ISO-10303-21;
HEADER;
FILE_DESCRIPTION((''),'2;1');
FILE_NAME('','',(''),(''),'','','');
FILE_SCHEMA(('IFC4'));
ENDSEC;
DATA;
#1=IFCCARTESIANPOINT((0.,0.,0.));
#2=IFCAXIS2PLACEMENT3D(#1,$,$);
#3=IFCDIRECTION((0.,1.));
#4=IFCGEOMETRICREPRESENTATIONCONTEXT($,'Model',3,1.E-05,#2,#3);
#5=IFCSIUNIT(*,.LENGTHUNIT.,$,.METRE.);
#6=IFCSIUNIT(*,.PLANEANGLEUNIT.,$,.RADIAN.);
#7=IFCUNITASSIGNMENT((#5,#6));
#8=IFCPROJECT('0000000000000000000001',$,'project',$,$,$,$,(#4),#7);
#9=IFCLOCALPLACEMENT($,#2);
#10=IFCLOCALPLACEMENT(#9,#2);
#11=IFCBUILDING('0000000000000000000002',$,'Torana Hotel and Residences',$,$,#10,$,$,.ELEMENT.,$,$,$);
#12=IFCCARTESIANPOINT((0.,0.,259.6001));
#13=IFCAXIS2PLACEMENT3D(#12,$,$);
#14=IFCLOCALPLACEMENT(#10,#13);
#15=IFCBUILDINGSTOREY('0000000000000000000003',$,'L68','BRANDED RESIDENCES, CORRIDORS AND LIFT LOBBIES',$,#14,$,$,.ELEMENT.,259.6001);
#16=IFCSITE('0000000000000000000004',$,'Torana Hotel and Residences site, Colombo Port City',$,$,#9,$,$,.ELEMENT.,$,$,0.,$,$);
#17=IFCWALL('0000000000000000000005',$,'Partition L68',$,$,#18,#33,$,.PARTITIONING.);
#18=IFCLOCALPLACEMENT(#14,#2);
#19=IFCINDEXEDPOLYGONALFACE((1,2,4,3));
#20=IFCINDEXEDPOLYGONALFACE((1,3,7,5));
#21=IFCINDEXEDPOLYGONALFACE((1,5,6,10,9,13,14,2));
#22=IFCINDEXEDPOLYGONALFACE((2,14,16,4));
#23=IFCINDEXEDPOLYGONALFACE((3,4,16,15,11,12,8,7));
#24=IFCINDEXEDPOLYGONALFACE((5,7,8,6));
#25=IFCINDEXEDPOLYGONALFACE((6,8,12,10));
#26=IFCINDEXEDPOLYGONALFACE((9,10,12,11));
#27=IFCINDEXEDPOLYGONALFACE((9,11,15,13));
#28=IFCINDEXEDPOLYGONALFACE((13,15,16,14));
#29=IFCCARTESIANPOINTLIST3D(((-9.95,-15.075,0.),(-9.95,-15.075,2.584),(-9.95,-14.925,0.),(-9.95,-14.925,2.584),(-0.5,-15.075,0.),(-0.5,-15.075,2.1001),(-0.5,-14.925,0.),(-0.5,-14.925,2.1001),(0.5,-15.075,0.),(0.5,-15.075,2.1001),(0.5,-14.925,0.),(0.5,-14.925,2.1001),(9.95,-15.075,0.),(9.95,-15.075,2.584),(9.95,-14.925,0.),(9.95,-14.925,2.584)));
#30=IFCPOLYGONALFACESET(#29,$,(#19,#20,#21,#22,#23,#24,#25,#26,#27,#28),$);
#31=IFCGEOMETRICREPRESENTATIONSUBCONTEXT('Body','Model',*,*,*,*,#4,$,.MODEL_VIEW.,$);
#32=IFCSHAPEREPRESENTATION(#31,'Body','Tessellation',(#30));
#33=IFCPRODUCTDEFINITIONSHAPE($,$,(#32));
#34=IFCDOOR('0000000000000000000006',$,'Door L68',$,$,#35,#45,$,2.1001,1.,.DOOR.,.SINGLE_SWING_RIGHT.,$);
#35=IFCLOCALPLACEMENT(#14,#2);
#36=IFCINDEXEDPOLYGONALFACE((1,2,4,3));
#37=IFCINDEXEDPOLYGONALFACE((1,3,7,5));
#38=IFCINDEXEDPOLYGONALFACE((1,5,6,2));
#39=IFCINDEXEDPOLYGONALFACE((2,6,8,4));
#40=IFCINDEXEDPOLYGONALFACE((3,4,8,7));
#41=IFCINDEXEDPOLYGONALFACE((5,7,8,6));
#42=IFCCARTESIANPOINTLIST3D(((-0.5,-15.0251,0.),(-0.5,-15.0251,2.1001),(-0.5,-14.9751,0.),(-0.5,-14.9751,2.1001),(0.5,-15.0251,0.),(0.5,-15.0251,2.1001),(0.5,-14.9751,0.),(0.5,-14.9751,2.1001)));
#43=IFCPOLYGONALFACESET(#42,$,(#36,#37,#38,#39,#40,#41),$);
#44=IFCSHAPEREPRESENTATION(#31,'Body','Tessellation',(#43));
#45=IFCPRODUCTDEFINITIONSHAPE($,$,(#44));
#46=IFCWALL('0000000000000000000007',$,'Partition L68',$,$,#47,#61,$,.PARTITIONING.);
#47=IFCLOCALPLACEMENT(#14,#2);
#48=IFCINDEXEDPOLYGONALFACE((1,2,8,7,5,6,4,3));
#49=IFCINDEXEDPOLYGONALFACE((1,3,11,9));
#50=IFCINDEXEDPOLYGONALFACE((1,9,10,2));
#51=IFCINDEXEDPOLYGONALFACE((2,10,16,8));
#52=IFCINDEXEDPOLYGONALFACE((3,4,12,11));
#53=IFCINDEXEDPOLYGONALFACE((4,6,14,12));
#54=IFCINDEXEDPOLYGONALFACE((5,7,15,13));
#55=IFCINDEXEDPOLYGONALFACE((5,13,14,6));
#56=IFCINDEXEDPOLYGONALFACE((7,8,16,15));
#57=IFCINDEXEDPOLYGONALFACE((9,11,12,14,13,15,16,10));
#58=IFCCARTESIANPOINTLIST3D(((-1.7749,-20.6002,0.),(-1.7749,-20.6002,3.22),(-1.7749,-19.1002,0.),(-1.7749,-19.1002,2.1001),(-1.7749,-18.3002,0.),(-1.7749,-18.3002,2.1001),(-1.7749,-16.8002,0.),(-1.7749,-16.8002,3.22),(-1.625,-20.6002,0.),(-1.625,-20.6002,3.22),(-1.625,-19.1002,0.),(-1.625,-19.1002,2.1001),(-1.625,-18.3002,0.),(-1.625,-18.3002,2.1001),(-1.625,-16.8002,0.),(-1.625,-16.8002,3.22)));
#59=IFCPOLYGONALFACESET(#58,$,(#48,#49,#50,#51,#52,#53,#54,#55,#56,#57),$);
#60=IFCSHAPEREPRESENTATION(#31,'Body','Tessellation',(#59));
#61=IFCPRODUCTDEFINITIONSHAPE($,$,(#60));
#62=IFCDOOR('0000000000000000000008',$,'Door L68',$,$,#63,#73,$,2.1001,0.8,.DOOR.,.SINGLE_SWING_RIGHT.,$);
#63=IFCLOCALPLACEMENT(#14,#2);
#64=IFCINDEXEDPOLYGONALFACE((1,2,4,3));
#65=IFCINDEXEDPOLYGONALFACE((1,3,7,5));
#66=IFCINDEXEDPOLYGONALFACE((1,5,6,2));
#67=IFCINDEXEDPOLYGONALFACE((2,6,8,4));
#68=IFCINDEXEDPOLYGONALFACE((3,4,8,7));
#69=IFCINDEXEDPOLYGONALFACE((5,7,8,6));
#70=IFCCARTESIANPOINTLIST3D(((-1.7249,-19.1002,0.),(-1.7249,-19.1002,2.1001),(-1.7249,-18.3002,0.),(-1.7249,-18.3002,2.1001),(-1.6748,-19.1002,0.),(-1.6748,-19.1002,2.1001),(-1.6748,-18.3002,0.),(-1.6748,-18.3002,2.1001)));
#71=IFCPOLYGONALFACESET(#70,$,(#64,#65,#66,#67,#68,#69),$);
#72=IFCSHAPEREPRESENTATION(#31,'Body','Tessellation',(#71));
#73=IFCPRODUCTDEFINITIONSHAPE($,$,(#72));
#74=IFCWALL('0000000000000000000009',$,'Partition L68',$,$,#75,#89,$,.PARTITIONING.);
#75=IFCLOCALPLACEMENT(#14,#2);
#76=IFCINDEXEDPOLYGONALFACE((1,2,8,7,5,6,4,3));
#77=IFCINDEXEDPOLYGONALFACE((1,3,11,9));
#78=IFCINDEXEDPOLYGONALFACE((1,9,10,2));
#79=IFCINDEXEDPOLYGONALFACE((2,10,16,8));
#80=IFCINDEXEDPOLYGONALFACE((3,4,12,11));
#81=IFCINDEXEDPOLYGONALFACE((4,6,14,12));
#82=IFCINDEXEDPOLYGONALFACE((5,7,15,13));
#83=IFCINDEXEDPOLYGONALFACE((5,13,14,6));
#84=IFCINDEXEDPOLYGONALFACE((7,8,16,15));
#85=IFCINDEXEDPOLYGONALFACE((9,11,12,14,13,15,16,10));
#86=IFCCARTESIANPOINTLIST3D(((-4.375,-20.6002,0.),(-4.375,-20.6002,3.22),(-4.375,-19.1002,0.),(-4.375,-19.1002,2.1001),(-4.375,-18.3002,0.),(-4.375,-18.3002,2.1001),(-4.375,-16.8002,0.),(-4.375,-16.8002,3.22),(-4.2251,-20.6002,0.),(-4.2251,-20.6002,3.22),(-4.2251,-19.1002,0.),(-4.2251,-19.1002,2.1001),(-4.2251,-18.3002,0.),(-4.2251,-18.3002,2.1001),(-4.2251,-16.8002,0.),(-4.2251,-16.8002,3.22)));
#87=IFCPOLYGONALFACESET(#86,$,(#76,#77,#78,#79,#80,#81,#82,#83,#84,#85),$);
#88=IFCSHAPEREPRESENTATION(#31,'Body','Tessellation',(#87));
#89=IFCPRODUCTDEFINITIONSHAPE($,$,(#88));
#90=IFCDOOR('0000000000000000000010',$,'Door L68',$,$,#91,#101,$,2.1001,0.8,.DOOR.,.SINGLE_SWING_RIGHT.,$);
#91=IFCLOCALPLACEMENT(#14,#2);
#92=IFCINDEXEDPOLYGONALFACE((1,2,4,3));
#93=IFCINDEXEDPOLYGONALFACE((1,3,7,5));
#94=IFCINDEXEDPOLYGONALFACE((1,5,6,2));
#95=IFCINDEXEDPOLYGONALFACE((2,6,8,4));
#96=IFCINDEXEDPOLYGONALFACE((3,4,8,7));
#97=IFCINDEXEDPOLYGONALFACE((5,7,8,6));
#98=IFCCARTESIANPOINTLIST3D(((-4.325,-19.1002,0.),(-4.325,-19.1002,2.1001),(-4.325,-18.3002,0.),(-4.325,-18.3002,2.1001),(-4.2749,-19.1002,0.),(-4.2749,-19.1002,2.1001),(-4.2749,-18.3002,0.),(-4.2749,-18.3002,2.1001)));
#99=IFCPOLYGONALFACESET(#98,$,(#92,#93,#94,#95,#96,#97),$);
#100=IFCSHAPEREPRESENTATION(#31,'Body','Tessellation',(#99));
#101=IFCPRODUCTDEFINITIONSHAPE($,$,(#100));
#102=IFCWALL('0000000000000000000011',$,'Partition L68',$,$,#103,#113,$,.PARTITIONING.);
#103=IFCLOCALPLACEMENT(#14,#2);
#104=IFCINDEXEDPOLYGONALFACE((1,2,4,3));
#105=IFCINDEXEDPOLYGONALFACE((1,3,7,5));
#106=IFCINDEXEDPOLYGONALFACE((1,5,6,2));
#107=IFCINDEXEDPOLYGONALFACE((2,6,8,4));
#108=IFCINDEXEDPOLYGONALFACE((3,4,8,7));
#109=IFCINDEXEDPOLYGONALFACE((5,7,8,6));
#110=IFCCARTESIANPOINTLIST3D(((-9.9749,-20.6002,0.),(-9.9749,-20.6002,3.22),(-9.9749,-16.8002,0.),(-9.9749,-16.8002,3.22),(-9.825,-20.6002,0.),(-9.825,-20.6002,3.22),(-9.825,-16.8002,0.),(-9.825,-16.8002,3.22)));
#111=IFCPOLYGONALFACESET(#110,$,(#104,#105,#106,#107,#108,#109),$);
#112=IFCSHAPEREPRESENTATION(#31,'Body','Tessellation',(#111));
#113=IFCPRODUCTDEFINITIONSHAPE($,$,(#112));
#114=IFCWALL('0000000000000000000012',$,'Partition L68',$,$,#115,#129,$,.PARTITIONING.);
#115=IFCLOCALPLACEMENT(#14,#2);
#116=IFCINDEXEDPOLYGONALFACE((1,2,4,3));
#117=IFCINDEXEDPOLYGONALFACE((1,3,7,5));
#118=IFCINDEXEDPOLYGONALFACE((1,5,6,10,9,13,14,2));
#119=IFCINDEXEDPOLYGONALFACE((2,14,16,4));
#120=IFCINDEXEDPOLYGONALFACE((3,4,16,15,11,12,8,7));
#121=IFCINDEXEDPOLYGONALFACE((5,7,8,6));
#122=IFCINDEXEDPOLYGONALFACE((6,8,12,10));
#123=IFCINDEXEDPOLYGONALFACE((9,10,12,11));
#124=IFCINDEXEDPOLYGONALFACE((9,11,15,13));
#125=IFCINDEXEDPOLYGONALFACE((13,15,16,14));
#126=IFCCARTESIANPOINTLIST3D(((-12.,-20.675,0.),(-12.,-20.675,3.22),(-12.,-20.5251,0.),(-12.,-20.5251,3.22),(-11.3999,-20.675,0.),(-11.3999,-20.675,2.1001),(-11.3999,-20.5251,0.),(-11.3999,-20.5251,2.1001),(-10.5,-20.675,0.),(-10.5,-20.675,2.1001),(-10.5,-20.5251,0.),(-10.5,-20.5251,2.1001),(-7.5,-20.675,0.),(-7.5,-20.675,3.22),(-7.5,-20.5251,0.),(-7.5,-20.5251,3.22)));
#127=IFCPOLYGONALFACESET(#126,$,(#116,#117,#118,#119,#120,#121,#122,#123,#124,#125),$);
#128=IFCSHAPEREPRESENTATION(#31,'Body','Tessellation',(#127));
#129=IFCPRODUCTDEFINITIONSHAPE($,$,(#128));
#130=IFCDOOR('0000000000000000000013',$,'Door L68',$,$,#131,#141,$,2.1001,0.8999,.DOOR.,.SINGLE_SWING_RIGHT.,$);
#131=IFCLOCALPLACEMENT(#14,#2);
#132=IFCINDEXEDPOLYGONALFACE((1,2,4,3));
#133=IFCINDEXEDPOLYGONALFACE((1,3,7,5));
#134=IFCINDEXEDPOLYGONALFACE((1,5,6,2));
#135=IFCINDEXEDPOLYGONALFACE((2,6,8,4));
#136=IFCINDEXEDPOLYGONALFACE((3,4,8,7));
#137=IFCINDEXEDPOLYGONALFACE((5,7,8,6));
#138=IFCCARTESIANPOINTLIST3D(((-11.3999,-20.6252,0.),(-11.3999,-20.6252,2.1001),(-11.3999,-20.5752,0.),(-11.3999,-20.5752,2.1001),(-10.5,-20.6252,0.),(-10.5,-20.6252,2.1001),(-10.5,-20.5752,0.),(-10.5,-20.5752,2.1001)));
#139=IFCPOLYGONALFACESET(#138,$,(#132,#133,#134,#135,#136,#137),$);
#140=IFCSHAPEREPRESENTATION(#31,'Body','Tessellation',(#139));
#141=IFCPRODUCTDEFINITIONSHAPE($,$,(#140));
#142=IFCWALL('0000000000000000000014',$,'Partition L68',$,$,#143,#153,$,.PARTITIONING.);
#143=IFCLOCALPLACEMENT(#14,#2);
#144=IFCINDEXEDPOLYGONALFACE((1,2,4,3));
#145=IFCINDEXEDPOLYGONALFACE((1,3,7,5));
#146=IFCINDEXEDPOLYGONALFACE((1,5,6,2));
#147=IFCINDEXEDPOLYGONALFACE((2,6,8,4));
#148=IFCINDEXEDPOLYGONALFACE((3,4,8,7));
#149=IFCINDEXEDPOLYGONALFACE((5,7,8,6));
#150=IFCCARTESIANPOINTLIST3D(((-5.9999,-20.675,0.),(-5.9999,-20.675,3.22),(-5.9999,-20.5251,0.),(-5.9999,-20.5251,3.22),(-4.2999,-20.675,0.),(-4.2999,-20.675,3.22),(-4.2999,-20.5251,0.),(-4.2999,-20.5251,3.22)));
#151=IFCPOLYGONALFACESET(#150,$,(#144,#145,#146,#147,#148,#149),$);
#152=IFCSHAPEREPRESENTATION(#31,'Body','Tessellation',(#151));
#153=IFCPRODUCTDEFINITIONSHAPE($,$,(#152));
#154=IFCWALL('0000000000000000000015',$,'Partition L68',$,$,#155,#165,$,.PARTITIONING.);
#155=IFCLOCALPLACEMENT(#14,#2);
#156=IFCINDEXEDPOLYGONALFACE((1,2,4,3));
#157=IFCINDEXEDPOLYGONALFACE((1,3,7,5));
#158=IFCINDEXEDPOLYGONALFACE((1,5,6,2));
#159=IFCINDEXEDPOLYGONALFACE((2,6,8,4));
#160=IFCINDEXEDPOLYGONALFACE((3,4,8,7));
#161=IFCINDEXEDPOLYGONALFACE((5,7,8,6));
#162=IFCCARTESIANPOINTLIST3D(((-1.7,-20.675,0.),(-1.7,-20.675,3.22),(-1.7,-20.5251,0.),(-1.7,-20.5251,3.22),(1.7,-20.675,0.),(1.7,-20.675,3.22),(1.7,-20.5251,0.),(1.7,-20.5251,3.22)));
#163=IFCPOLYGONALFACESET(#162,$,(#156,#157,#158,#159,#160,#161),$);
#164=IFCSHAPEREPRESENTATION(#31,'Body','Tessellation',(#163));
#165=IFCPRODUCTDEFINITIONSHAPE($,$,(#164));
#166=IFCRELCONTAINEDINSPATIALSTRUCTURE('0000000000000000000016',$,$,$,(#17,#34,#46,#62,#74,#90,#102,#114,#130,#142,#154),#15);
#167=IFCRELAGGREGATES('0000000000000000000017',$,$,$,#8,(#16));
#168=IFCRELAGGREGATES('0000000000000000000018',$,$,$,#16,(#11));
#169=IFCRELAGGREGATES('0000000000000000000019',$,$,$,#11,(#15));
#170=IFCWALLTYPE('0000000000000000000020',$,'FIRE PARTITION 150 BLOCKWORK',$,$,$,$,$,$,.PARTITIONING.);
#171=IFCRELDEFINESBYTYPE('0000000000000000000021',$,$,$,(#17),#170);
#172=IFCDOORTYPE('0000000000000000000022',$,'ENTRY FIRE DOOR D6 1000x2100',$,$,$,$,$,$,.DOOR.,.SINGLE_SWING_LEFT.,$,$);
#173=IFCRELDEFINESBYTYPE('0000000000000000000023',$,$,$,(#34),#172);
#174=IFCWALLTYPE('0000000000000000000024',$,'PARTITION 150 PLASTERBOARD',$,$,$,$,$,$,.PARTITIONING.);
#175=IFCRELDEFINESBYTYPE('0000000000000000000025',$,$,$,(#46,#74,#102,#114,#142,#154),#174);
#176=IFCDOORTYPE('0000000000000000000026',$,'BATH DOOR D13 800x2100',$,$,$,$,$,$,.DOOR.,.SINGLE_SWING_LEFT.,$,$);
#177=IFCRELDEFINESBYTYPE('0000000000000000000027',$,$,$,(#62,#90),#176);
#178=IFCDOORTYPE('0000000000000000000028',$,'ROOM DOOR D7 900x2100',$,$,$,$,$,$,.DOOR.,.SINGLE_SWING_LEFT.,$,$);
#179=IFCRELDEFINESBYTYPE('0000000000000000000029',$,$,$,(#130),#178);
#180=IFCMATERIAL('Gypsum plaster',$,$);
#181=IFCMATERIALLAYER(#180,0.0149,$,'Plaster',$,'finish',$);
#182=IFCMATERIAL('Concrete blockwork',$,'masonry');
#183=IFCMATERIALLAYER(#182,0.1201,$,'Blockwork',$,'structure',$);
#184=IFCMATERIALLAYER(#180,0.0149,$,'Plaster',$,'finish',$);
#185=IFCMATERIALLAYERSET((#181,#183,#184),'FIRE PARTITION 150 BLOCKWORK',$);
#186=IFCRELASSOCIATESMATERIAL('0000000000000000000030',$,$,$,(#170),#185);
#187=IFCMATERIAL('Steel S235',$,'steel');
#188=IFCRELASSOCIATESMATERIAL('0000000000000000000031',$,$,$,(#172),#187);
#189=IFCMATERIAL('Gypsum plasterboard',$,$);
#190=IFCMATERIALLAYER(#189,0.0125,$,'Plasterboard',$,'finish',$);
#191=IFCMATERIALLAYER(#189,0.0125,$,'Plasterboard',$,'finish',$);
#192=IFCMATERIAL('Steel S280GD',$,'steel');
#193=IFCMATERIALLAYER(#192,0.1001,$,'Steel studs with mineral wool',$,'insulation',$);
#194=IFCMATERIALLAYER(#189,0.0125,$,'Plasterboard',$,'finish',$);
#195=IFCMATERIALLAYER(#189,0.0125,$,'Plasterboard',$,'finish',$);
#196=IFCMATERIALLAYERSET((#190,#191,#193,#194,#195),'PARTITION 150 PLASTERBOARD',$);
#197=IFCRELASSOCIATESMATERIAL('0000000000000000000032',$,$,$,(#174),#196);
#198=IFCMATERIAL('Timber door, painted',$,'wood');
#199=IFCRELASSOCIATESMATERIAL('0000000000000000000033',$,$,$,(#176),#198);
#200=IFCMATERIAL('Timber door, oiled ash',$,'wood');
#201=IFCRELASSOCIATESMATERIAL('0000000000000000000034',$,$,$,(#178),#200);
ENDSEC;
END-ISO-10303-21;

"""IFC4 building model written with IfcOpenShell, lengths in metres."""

from ifc_helpers import new_model, si_unit, direction, frame, frame_2d, origin, place, context, subcontext, project, spatial, rectangle, extrude, material, layer, layer_set, type_object, element, fill, save


model = new_model("IFC4")

# Units and contexts
model_context = context("Model", 3, precision=1e-05, world=origin(), true_north=direction((0.0, 1.0)))
body_context = subcontext(model_context, "Body", "Model", "MODEL_VIEW")
ifc_project = project(units=[si_unit("LENGTHUNIT", "METRE"), si_unit("PLANEANGLEUNIT", "RADIAN")], contexts=[model_context])

# Site, building, storey
site_placement = place(None, origin())
site = spatial("IfcSite", under=ifc_project, at=site_placement, Name="Torana Hotel and Residences site, Colombo Port City", CompositionType="ELEMENT", RefElevation=0.0)
building_placement = place(site_placement, origin())
building = spatial("IfcBuilding", under=site, at=building_placement, Name="Torana Hotel and Residences", CompositionType="ELEMENT")
storey_placement = place(building_placement, frame((0.0, 0.0, 259.6001)))
storey = spatial("IfcBuildingStorey", under=building, at=storey_placement, Name="L68", Description="BRANDED RESIDENCES, CORRIDORS AND LIFT LOBBIES", CompositionType="ELEMENT", Elevation=259.6001)

# Shared definitions
ifc_material_1 = material(Name="Gypsum plaster")
ifc_layer_1 = layer(ifc_material_1, 0.0149, Name="Plaster", Category="finish")
ifc_material_2 = material(Name="Concrete blockwork", Category="masonry")
ifc_layer_2 = layer(ifc_material_2, 0.1201, Name="Blockwork", Category="structure")
ifc_layer_3 = layer(ifc_material_1, 0.0149, Name="Plaster", Category="finish")
ifc_layer_set_1 = layer_set([ifc_layer_1, ifc_layer_2, ifc_layer_3], Name="FIRE PARTITION 150 BLOCKWORK")
wall_type_1 = type_object("IfcWallType", Name="FIRE PARTITION 150 BLOCKWORK", PredefinedType="PARTITIONING", material=ifc_layer_set_1)

# Walls, openings, doors
ifc_material_3 = material(Name="Steel S235", Category="steel")
door_type_1 = type_object("IfcDoorType", Name="ENTRY FIRE DOOR D6 1000x2100", OperationType="SINGLE_SWING_LEFT", PredefinedType="DOOR", material=ifc_material_3)
wall_1_placement = place(storey_placement, frame((-9.95, -15.0, 0.0), z_axis=(0.0, 0.0, 1.0), x_axis=(1.0, 0.0, 0.0)))
wall_1 = element("IfcWall", 1, at=wall_1_placement, inside=storey, type_object=wall_type_1, Name="Partition L68", PredefinedType="PARTITIONING", context=body_context, shape_type="SweptSolid", body=[
    extrude(rectangle(XDim=19.8999, YDim=0.1499, at=frame_2d((9.95, 0.0))), origin(), (0.0, 0.0, 1.0), 2.584),
])
opening_1_placement = place(wall_1_placement, frame((9.45, 0.0, 0.0)))
opening_1 = element("IfcOpeningElement", 2, at=opening_1_placement, cuts=wall_1, PredefinedType="OPENING", context=body_context, shape_type="SweptSolid", body=[
    extrude(rectangle(XDim=1.0, YDim=2.1001, at=frame_2d((0.5, 1.05))), frame((0.0, 0.085, 0.0), z_axis=(0.0, -1.0, 0.0), x_axis=(1.0, 0.0, 0.0)), (0.0, 0.0, 1.0), 0.1699),
])
door_1_placement = place(opening_1_placement, origin())
door_1 = element("IfcDoor", 3, at=door_1_placement, inside=storey, type_object=door_type_1, Name="Door L68", OperationType="SINGLE_SWING_RIGHT", OverallHeight=2.1001, OverallWidth=1.0, PredefinedType="DOOR", context=body_context, shape_type="SweptSolid", body=[
    extrude(rectangle(XDim=1.0, YDim=2.1001, at=frame_2d((0.5, 1.05))), frame((0.0, 0.0249, 0.0), z_axis=(0.0, -1.0, 0.0), x_axis=(1.0, 0.0, 0.0)), (0.0, 0.0, 1.0), 0.05),
])
fill(opening_1, door_1)
ifc_material_4 = material(Name="Gypsum plasterboard")
ifc_layer_4 = layer(ifc_material_4, 0.0125, Name="Plasterboard", Category="finish")
ifc_layer_5 = layer(ifc_material_4, 0.0125, Name="Plasterboard", Category="finish")
ifc_material_5 = material(Name="Steel S280GD", Category="steel")
ifc_layer_6 = layer(ifc_material_5, 0.1001, Name="Steel studs with mineral wool", Category="insulation")
ifc_layer_7 = layer(ifc_material_4, 0.0125, Name="Plasterboard", Category="finish")
ifc_layer_8 = layer(ifc_material_4, 0.0125, Name="Plasterboard", Category="finish")
ifc_layer_set_2 = layer_set([ifc_layer_4, ifc_layer_5, ifc_layer_6, ifc_layer_7, ifc_layer_8], Name="PARTITION 150 PLASTERBOARD")
wall_type_2 = type_object("IfcWallType", Name="PARTITION 150 PLASTERBOARD", PredefinedType="PARTITIONING", material=ifc_layer_set_2)
wall_2_placement = place(storey_placement, frame((-1.7, -20.6001, 0.0), z_axis=(0.0, 0.0, 1.0), x_axis=(0.0, 1.0, 0.0)))
wall_2 = element("IfcWall", 4, at=wall_2_placement, inside=storey, type_object=wall_type_2, Name="Partition L68", PredefinedType="PARTITIONING", context=body_context, shape_type="SweptSolid", body=[
    extrude(rectangle(XDim=3.8, YDim=0.1499, at=frame_2d((1.8999, 0.0))), origin(), (0.0, 0.0, 1.0), 3.22),
])
opening_2_placement = place(wall_2_placement, frame((1.5, 0.0, 0.0)))
opening_2 = element("IfcOpeningElement", 5, at=opening_2_placement, cuts=wall_2, PredefinedType="OPENING", context=body_context, shape_type="SweptSolid", body=[
    extrude(rectangle(XDim=0.8, YDim=2.1001, at=frame_2d((0.3999, 1.05))), frame((0.0, 0.085, 0.0), z_axis=(0.0, -1.0, 0.0), x_axis=(1.0, 0.0, 0.0)), (0.0, 0.0, 1.0), 0.1699),
])
ifc_material_6 = material(Name="Timber door, painted", Category="wood")
door_type_2 = type_object("IfcDoorType", Name="BATH DOOR D13 800x2100", OperationType="SINGLE_SWING_LEFT", PredefinedType="DOOR", material=ifc_material_6)
door_2_placement = place(opening_2_placement, origin())
door_2 = element("IfcDoor", 6, at=door_2_placement, inside=storey, type_object=door_type_2, Name="Door L68", OperationType="SINGLE_SWING_RIGHT", OverallHeight=2.1001, OverallWidth=0.8, PredefinedType="DOOR", context=body_context, shape_type="SweptSolid", body=[
    extrude(rectangle(XDim=0.8, YDim=2.1001, at=frame_2d((0.3999, 1.05))), frame((0.0, 0.0249, 0.0), z_axis=(0.0, -1.0, 0.0), x_axis=(1.0, 0.0, 0.0)), (0.0, 0.0, 1.0), 0.05),
])
fill(opening_2, door_2)
wall_3_placement = place(storey_placement, frame((-4.3, -20.6001, 0.0), z_axis=(0.0, 0.0, 1.0), x_axis=(0.0, 1.0, 0.0)))
wall_3 = element("IfcWall", 7, at=wall_3_placement, inside=storey, type_object=wall_type_2, Name="Partition L68", PredefinedType="PARTITIONING", context=body_context, shape_type="SweptSolid", body=[
    extrude(rectangle(XDim=3.8, YDim=0.1499, at=frame_2d((1.8999, 0.0))), origin(), (0.0, 0.0, 1.0), 3.22),
])
opening_3_placement = place(wall_3_placement, frame((1.5, 0.0, 0.0)))
opening_3 = element("IfcOpeningElement", 8, at=opening_3_placement, cuts=wall_3, PredefinedType="OPENING", context=body_context, shape_type="SweptSolid", body=[
    extrude(rectangle(XDim=0.8, YDim=2.1001, at=frame_2d((0.3999, 1.05))), frame((0.0, 0.085, 0.0), z_axis=(0.0, -1.0, 0.0), x_axis=(1.0, 0.0, 0.0)), (0.0, 0.0, 1.0), 0.1699),
])
door_3_placement = place(opening_3_placement, origin())
door_3 = element("IfcDoor", 9, at=door_3_placement, inside=storey, type_object=door_type_2, Name="Door L68", OperationType="SINGLE_SWING_RIGHT", OverallHeight=2.1001, OverallWidth=0.8, PredefinedType="DOOR", context=body_context, shape_type="SweptSolid", body=[
    extrude(rectangle(XDim=0.8, YDim=2.1001, at=frame_2d((0.3999, 1.05))), frame((0.0, 0.0249, 0.0), z_axis=(0.0, -1.0, 0.0), x_axis=(1.0, 0.0, 0.0)), (0.0, 0.0, 1.0), 0.05),
])
fill(opening_3, door_3)

# Wall
wall_4_placement = place(storey_placement, frame((-9.8999, -20.6001, 0.0), z_axis=(0.0, 0.0, 1.0), x_axis=(0.0, 1.0, 0.0)))
element("IfcWall", 10, at=wall_4_placement, inside=storey, type_object=wall_type_2, Name="Partition L68", PredefinedType="PARTITIONING", context=body_context, shape_type="SweptSolid", body=[
    extrude(rectangle(XDim=3.8, YDim=0.1499, at=frame_2d((1.8999, 0.0))), origin(), (0.0, 0.0, 1.0), 3.22),
])

# Wall, opening, door
wall_5_placement = place(storey_placement, frame((-12.0, -20.6001, 0.0), z_axis=(0.0, 0.0, 1.0), x_axis=(1.0, 0.0, 0.0)))
wall_5 = element("IfcWall", 11, at=wall_5_placement, inside=storey, type_object=wall_type_2, Name="Partition L68", PredefinedType="PARTITIONING", context=body_context, shape_type="SweptSolid", body=[
    extrude(rectangle(XDim=4.5, YDim=0.1499, at=frame_2d((2.25, 0.0))), origin(), (0.0, 0.0, 1.0), 3.22),
])
opening_4_placement = place(wall_5_placement, frame((0.6001, 0.0, 0.0)))
opening_4 = element("IfcOpeningElement", 12, at=opening_4_placement, cuts=wall_5, PredefinedType="OPENING", context=body_context, shape_type="SweptSolid", body=[
    extrude(rectangle(XDim=0.8999, YDim=2.1001, at=frame_2d((0.45, 1.05))), frame((0.0, 0.085, 0.0), z_axis=(0.0, -1.0, 0.0), x_axis=(1.0, 0.0, 0.0)), (0.0, 0.0, 1.0), 0.1699),
])
ifc_material_7 = material(Name="Timber door, oiled ash", Category="wood")
door_type_3 = type_object("IfcDoorType", Name="ROOM DOOR D7 900x2100", OperationType="SINGLE_SWING_LEFT", PredefinedType="DOOR", material=ifc_material_7)
door_4_placement = place(opening_4_placement, origin())
door_4 = element("IfcDoor", 13, at=door_4_placement, inside=storey, type_object=door_type_3, Name="Door L68", OperationType="SINGLE_SWING_RIGHT", OverallHeight=2.1001, OverallWidth=0.8999, PredefinedType="DOOR", context=body_context, shape_type="SweptSolid", body=[
    extrude(rectangle(XDim=0.8999, YDim=2.1001, at=frame_2d((0.45, 1.05))), frame((0.0, 0.0249, 0.0), z_axis=(0.0, -1.0, 0.0), x_axis=(1.0, 0.0, 0.0)), (0.0, 0.0, 1.0), 0.05),
])
fill(opening_4, door_4)

# Walls
wall_6_placement = place(storey_placement, frame((-6.0, -20.6001, 0.0), z_axis=(0.0, 0.0, 1.0), x_axis=(1.0, 0.0, 0.0)))
element("IfcWall", 14, at=wall_6_placement, inside=storey, type_object=wall_type_2, Name="Partition L68", PredefinedType="PARTITIONING", context=body_context, shape_type="SweptSolid", body=[
    extrude(rectangle(XDim=1.7, YDim=0.1499, at=frame_2d((0.8501, 0.0))), origin(), (0.0, 0.0, 1.0), 3.22),
])
wall_7_placement = place(storey_placement, frame((-1.7, -20.6001, 0.0), z_axis=(0.0, 0.0, 1.0), x_axis=(1.0, 0.0, 0.0)))
element("IfcWall", 15, at=wall_7_placement, inside=storey, type_object=wall_type_2, Name="Partition L68", PredefinedType="PARTITIONING", context=body_context, shape_type="SweptSolid", body=[
    extrude(rectangle(XDim=3.3999, YDim=0.1499, at=frame_2d((1.7, 0.0))), origin(), (0.0, 0.0, 1.0), 3.22),
])

save(model, "model.ifc")
